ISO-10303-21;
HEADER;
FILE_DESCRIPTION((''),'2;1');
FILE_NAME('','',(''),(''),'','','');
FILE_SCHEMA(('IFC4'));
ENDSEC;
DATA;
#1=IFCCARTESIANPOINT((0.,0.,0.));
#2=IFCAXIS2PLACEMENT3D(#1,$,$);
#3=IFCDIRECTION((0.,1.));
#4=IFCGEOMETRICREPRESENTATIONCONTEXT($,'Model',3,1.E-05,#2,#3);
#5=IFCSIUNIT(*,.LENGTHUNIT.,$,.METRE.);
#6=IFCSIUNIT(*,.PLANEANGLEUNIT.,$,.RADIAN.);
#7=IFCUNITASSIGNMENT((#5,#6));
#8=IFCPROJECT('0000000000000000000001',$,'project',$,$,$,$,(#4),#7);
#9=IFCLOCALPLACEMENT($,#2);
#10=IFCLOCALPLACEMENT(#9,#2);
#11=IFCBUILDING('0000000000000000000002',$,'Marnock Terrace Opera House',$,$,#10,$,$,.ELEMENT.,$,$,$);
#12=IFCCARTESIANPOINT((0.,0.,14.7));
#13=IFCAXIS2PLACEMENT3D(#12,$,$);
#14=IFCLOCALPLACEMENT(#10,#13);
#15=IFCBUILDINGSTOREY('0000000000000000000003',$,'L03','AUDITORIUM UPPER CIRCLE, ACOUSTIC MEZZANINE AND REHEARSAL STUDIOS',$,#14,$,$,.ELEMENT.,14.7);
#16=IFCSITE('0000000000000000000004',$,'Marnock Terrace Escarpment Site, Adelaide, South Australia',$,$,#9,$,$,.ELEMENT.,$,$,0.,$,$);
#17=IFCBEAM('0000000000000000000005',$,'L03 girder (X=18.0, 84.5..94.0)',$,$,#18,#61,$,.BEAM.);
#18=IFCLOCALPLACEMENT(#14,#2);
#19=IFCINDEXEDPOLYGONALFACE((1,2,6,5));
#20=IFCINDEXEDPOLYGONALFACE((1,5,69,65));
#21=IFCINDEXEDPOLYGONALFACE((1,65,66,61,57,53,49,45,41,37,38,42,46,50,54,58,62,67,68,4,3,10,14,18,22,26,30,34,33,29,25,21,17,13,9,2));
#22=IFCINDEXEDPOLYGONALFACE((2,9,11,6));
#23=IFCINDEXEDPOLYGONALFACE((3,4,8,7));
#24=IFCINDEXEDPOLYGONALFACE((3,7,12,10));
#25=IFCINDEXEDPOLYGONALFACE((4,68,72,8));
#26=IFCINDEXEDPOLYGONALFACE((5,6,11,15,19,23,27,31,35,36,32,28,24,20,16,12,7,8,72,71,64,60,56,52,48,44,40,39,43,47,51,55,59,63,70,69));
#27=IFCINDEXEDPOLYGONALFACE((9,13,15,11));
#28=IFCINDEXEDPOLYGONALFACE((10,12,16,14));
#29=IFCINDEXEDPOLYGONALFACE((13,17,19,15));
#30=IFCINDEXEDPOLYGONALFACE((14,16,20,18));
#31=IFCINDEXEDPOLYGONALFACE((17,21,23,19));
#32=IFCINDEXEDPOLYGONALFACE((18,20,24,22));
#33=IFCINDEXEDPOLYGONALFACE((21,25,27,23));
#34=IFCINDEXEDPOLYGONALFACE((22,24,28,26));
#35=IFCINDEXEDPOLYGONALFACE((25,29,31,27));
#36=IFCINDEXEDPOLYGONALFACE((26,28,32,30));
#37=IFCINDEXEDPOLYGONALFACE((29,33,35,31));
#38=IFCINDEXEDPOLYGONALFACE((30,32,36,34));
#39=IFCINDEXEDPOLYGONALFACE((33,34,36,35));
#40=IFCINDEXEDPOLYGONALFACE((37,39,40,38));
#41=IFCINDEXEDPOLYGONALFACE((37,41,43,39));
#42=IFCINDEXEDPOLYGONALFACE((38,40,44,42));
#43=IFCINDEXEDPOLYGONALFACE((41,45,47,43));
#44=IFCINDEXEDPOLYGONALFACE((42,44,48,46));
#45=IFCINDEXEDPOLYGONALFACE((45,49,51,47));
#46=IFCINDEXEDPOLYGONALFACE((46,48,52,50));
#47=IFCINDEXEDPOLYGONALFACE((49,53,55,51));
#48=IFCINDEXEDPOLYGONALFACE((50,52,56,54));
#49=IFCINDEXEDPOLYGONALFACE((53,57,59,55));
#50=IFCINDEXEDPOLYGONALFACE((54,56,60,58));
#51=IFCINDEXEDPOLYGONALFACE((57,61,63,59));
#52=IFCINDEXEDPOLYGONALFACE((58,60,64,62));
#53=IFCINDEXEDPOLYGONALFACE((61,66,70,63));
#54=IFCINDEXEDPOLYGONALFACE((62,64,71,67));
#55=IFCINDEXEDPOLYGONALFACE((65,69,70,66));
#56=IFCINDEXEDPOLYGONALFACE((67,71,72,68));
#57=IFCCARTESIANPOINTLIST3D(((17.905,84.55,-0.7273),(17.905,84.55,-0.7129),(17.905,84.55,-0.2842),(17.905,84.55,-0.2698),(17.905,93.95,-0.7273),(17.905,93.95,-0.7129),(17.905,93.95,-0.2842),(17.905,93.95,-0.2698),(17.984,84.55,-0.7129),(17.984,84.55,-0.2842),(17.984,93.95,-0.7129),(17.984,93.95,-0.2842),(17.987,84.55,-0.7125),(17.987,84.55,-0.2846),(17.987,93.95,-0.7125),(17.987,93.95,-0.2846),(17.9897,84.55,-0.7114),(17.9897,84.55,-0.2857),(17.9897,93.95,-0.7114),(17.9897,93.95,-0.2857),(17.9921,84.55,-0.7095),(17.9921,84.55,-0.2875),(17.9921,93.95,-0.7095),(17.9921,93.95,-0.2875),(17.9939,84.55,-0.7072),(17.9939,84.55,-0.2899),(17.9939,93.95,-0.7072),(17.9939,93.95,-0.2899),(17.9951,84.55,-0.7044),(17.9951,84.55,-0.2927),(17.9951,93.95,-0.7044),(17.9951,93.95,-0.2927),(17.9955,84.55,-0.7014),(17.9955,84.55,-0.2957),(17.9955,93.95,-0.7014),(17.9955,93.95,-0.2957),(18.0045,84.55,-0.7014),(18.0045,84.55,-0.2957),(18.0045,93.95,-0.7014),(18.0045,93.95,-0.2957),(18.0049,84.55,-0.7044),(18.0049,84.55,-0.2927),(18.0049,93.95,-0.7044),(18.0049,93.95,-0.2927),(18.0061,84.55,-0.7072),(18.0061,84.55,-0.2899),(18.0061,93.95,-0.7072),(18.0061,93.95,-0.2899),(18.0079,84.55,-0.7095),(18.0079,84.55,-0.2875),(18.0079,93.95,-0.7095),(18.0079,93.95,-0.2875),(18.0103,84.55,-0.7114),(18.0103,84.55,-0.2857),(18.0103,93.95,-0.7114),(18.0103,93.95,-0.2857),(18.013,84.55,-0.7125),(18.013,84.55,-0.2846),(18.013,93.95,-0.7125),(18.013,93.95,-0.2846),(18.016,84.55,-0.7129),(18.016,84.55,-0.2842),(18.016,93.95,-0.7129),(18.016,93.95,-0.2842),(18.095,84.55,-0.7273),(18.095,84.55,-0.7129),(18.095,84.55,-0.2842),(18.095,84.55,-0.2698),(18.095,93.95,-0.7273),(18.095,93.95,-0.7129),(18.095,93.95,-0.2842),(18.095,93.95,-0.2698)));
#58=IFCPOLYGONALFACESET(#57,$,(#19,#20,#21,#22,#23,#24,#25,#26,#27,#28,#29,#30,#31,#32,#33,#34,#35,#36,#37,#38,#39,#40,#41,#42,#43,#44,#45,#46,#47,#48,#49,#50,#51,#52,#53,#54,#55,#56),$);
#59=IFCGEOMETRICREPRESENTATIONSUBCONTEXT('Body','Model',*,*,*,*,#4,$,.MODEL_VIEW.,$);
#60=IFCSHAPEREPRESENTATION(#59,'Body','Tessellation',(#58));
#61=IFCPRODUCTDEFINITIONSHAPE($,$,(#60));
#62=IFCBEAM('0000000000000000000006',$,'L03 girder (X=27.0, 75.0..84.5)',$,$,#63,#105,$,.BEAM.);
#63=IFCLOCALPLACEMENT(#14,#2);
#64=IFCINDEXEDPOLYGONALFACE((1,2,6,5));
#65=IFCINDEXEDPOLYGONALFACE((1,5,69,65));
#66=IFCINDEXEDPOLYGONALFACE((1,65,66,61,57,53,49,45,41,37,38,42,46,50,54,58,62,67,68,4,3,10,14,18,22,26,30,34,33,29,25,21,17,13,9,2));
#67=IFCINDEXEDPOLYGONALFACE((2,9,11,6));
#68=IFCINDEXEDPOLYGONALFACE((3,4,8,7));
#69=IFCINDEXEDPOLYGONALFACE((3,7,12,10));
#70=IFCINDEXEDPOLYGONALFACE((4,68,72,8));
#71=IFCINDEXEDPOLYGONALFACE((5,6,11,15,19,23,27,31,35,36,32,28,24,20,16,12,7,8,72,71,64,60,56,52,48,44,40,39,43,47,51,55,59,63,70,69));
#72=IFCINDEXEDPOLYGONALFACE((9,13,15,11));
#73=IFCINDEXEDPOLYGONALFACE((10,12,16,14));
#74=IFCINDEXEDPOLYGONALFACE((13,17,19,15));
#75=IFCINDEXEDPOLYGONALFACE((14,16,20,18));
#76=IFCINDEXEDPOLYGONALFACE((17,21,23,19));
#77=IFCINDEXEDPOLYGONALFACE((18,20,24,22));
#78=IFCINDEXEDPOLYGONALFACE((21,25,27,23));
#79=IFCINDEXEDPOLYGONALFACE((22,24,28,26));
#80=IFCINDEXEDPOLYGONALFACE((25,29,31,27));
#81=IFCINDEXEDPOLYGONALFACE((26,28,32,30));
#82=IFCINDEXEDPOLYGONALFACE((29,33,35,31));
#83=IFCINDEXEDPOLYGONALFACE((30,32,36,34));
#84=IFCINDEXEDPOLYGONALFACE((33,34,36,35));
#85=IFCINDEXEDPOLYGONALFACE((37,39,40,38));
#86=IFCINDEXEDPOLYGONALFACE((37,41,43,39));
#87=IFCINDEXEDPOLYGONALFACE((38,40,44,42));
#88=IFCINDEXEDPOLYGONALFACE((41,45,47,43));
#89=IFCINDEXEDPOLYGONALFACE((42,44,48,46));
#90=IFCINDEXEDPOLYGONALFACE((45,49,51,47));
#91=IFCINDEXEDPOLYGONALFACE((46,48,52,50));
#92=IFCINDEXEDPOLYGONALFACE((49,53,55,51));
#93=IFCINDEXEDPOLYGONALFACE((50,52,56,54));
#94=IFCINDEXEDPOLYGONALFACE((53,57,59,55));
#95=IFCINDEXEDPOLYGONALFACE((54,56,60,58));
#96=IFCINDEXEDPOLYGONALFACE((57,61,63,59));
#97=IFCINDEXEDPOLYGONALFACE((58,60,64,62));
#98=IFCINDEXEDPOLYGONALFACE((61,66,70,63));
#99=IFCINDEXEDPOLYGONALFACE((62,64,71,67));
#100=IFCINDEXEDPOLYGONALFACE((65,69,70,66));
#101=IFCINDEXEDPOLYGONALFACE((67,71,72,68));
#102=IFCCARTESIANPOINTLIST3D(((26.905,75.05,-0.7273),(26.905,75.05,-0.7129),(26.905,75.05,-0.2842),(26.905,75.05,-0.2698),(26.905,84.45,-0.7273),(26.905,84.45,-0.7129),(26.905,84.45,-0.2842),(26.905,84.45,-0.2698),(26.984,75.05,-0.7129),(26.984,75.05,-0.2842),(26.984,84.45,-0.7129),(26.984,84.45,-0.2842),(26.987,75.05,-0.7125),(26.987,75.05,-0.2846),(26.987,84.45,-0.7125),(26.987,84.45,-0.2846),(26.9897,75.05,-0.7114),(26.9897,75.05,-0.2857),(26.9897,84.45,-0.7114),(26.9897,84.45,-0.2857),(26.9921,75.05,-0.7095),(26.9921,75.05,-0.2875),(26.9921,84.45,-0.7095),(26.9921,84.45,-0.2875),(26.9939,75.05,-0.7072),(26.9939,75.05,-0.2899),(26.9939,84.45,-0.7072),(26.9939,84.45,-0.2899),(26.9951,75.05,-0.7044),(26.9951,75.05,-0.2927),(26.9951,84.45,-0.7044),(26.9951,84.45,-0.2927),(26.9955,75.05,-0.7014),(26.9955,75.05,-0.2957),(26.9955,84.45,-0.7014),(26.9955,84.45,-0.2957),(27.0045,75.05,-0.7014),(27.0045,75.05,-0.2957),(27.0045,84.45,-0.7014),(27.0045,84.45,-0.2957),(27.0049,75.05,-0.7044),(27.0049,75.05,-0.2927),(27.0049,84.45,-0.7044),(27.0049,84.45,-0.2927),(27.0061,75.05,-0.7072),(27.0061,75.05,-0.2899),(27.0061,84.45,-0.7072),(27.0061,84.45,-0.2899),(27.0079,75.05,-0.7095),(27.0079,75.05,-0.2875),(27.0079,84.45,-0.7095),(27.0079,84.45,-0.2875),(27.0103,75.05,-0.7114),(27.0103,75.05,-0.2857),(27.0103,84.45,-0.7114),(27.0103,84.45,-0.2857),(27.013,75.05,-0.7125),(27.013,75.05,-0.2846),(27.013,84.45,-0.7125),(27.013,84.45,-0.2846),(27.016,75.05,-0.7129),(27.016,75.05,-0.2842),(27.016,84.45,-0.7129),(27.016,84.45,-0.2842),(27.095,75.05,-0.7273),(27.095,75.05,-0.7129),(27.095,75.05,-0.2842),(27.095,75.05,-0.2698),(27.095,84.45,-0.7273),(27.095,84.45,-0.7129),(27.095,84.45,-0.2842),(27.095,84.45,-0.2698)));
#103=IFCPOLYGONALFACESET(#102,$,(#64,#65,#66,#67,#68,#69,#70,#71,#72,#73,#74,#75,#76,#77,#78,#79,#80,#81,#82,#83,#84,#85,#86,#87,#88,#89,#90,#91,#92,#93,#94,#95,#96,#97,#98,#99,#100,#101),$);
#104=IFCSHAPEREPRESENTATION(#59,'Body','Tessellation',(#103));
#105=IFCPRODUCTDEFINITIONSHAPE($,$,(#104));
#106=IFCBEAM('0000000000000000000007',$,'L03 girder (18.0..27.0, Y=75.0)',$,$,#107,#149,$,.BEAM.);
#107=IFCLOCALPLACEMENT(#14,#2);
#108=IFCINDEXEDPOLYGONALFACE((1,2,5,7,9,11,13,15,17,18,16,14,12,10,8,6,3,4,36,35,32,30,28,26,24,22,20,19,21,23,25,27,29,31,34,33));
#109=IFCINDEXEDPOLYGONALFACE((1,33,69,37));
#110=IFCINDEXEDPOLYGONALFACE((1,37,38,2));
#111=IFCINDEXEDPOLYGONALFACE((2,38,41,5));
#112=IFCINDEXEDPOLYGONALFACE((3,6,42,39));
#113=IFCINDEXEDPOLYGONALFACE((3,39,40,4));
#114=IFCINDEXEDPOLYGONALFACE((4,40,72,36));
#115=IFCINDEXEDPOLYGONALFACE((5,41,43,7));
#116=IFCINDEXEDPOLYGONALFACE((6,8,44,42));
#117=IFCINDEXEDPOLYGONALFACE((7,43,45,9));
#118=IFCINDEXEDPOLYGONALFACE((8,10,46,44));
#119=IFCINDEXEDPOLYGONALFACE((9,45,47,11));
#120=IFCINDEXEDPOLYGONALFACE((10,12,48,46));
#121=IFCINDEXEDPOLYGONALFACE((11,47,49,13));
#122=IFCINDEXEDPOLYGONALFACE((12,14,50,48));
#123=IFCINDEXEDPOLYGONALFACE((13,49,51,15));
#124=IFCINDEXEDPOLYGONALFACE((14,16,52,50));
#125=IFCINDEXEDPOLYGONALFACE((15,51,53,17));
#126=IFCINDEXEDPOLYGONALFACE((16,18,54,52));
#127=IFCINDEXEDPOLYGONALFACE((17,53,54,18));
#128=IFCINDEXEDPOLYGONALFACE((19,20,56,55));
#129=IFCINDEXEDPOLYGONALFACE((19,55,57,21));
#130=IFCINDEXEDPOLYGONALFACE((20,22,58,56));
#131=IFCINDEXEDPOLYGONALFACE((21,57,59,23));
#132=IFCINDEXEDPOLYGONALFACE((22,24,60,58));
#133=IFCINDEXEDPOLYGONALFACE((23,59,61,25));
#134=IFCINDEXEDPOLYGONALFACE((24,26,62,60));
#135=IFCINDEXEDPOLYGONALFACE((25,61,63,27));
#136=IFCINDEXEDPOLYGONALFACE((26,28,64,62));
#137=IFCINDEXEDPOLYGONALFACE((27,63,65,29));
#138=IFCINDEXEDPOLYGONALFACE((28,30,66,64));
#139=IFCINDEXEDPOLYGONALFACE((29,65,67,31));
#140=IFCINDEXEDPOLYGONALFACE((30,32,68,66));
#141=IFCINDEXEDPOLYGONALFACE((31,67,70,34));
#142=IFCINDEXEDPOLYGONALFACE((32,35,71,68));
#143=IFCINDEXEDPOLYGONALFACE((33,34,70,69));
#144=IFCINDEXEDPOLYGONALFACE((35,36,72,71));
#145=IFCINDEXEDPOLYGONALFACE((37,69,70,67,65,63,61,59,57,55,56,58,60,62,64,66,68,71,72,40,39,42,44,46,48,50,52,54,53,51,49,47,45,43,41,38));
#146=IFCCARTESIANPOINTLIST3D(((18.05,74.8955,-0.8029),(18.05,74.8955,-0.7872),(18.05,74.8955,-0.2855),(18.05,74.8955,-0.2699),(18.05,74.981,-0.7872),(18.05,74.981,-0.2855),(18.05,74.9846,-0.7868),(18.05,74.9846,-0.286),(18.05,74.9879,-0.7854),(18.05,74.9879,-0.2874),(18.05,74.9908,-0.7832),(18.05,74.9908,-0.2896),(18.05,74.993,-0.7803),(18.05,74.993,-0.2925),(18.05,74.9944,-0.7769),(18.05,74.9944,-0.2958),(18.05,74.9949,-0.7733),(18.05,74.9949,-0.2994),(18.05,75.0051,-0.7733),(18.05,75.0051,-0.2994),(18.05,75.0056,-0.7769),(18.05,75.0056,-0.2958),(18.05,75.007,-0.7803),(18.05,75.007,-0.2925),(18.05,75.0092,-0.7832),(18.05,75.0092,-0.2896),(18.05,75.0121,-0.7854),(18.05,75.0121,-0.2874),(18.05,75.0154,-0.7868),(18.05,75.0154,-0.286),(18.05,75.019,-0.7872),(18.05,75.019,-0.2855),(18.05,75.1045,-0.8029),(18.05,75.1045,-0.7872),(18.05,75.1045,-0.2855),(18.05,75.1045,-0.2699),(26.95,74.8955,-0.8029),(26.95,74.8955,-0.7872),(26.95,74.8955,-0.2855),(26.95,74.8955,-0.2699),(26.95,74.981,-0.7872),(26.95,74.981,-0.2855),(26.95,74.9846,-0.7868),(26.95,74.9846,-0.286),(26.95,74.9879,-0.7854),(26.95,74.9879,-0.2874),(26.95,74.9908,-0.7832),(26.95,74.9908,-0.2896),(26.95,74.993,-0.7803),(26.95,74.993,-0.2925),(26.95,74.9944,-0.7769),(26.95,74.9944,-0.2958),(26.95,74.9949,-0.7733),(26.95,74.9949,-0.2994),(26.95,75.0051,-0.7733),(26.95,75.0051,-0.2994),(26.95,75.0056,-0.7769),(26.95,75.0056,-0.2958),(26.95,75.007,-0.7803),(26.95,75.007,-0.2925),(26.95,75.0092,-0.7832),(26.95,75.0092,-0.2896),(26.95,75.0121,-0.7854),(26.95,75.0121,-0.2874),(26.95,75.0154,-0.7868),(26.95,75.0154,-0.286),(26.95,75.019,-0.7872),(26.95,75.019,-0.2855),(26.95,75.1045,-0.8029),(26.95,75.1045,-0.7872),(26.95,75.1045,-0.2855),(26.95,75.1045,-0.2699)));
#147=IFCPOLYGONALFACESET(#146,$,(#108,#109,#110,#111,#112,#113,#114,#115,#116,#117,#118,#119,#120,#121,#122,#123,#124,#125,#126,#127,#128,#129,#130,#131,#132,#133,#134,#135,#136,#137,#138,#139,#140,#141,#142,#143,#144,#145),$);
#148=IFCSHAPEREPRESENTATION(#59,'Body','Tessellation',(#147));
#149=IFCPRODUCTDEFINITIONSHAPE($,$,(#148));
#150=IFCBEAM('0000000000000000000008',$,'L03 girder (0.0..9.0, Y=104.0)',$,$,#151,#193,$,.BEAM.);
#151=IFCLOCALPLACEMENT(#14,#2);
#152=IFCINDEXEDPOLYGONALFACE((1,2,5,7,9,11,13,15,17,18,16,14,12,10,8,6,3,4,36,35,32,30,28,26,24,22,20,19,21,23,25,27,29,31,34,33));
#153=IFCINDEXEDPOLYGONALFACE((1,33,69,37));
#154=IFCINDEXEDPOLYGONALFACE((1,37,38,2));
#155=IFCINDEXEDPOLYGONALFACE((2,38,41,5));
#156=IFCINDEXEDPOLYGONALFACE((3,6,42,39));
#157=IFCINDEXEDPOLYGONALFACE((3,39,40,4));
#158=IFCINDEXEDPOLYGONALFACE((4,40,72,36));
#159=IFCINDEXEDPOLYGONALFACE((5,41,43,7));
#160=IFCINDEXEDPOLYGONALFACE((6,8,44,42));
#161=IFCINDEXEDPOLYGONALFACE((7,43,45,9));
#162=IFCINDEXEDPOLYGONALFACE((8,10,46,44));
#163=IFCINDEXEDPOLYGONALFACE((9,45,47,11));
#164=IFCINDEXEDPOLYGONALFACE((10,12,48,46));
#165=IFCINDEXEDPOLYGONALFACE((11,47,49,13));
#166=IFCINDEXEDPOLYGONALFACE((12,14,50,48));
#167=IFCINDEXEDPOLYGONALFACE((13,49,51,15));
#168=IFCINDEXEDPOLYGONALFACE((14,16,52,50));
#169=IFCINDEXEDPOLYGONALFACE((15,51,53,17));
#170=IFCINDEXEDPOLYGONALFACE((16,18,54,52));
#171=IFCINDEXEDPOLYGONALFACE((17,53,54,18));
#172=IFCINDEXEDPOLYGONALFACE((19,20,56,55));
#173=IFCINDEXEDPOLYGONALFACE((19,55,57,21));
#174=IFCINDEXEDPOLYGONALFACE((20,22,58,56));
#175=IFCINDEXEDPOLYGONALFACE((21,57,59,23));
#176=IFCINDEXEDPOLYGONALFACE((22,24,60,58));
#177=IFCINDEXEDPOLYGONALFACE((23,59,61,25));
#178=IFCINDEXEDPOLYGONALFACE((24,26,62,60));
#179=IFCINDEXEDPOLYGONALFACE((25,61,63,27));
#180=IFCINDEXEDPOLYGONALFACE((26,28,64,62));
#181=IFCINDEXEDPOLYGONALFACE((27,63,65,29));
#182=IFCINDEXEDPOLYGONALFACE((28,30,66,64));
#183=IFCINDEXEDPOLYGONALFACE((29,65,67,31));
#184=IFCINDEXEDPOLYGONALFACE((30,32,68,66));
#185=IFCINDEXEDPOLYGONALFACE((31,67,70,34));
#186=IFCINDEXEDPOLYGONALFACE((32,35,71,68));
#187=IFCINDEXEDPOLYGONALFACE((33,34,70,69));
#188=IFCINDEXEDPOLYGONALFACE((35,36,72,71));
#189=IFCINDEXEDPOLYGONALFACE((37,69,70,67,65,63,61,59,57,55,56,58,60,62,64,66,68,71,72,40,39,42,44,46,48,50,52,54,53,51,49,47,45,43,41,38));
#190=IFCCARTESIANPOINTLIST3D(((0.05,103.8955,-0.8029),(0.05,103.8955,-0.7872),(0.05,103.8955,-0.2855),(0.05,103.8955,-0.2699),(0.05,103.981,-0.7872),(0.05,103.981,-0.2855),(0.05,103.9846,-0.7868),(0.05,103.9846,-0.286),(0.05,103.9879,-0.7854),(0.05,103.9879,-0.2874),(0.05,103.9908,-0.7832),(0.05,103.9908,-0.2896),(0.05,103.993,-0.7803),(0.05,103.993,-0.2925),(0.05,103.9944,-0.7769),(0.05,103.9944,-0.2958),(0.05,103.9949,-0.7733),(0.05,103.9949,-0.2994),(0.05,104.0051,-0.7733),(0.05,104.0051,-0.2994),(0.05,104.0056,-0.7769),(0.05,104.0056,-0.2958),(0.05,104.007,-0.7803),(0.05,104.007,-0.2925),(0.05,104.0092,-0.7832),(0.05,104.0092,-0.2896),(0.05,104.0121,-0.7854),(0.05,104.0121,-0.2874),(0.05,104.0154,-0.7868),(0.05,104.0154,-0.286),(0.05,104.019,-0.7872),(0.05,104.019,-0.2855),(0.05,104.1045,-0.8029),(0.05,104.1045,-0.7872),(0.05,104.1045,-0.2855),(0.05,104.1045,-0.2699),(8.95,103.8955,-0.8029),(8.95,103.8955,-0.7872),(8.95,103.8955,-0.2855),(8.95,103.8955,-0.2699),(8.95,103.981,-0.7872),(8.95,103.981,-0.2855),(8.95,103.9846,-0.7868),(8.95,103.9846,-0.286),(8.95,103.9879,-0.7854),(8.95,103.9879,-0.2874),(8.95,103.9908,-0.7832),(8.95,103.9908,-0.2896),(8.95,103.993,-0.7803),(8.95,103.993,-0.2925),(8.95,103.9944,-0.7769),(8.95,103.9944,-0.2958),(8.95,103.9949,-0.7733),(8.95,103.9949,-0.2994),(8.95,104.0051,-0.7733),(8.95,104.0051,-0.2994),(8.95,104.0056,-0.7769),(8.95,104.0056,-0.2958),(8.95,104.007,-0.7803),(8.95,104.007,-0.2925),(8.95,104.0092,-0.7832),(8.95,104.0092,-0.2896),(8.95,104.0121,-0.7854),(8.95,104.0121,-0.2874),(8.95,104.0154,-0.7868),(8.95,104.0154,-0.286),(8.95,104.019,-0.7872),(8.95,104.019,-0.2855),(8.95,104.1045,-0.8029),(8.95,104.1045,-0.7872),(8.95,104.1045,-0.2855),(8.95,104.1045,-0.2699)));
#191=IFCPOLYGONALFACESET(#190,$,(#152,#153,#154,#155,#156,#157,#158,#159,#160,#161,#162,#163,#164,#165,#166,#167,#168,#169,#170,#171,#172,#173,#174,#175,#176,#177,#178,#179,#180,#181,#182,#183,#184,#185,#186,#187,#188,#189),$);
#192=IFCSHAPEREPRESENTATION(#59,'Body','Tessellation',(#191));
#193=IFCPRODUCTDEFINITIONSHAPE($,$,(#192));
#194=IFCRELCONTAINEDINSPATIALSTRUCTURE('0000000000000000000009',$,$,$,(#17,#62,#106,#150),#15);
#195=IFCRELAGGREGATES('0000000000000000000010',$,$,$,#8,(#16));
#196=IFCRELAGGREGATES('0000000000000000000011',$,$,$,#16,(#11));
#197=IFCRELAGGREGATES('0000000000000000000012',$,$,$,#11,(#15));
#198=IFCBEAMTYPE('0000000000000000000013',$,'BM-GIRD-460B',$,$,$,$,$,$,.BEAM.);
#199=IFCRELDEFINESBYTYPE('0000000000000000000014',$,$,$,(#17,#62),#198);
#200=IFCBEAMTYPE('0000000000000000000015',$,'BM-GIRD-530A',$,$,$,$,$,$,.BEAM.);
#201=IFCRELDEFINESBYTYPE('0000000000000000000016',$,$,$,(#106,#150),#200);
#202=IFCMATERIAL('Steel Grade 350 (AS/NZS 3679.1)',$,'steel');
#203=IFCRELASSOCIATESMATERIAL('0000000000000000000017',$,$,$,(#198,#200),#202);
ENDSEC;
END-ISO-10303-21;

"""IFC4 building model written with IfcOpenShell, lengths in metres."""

from ifc_helpers import new_model, si_unit, direction, frame, origin, origin_2d, place, context, subcontext, project, spatial, i_section, extrude, material, material_profile, profile_set, type_object, element, save


model = new_model("IFC4")

# Units and contexts
model_context = context("Model", 3, precision=1e-05, world=origin(), true_north=direction((0.0, 1.0)))
body_context = subcontext(model_context, "Body", "Model", "MODEL_VIEW")
ifc_project = project(units=[si_unit("LENGTHUNIT", "METRE"), si_unit("PLANEANGLEUNIT", "RADIAN")], contexts=[model_context])

# Site, building, storey
site_placement = place(None, origin())
site = spatial("IfcSite", under=ifc_project, at=site_placement, Name="Marnock Terrace Escarpment Site, Adelaide, South Australia", CompositionType="ELEMENT", RefElevation=0.0)
building_placement = place(site_placement, origin())
building = spatial("IfcBuilding", under=site, at=building_placement, Name="Marnock Terrace Opera House", CompositionType="ELEMENT")
storey_placement = place(building_placement, frame((0.0, 0.0, 14.7)))
storey = spatial("IfcBuildingStorey", under=building, at=storey_placement, Name="L03", Description="AUDITORIUM UPPER CIRCLE, ACOUSTIC MEZZANINE AND REHEARSAL STUDIOS", CompositionType="ELEMENT", Elevation=14.7)

# Beams
ifc_material = material(Name="Steel Grade 350 (AS/NZS 3679.1)", Category="steel")
ifc_material_profile_1 = material_profile(ifc_material, i_section(OverallWidth=0.1899, OverallDepth=0.4575, WebThickness=0.009, FlangeThickness=0.0144, FilletRadius=0.0115, at=origin_2d()))
ifc_profile_set_1 = profile_set([ifc_material_profile_1], Name="Steel Grade 350 (AS/NZS 3679.1)")
beam_type_1 = type_object("IfcBeamType", Name="BM-GIRD-460B", PredefinedType="BEAM", material=ifc_profile_set_1)
for number, where, z_axis, x_axis, name in (
    (1, (18.0, 84.55, -0.4985), (0.0, 1.0, 0.0), (-1.0, 0.0, 0.0), "L03 girder (X=18.0, 84.5..94.0)"),
    (2, (27.0, 75.05, -0.4985), (0.0, 1.0, 0.0), (-1.0, 0.0, 0.0), "L03 girder (X=27.0, 75.0..84.5)"),
):
    element("IfcBeam", number, at=place(storey_placement, frame(where, z_axis=z_axis, x_axis=x_axis)), inside=storey, type_object=beam_type_1, Name=name, PredefinedType="BEAM", context=body_context, shape_type="SweptSolid", body=[
        extrude(i_section(OverallWidth=0.1899, OverallDepth=0.4575, WebThickness=0.009, FlangeThickness=0.0144, FilletRadius=0.0115, at=origin_2d()), origin(), (0.0, 0.0, 1.0), 9.3999),
    ])
ifc_material_profile_2 = material_profile(ifc_material, i_section(OverallWidth=0.209, OverallDepth=0.533, WebThickness=0.0103, FlangeThickness=0.0156, FilletRadius=0.0139, at=origin_2d()))
ifc_profile_set_2 = profile_set([ifc_material_profile_2], Name="Steel Grade 350 (AS/NZS 3679.1)")
beam_type_2 = type_object("IfcBeamType", Name="BM-GIRD-530A", PredefinedType="BEAM", material=ifc_profile_set_2)
for number, where, z_axis, x_axis, name in (
    (3, (18.05, 75.0, -0.5364), (1.0, 0.0, 0.0), (0.0, 1.0, 0.0), "L03 girder (18.0..27.0, Y=75.0)"),
    (4, (0.05, 104.0, -0.5364), (1.0, 0.0, 0.0), (0.0, 1.0, 0.0), "L03 girder (0.0..9.0, Y=104.0)"),
):
    element("IfcBeam", number, at=place(storey_placement, frame(where, z_axis=z_axis, x_axis=x_axis)), inside=storey, type_object=beam_type_2, Name=name, PredefinedType="BEAM", context=body_context, shape_type="SweptSolid", body=[
        extrude(i_section(OverallWidth=0.209, OverallDepth=0.533, WebThickness=0.0103, FlangeThickness=0.0156, FilletRadius=0.0139, at=origin_2d()), origin(), (0.0, 0.0, 1.0), 8.8999),
    ])

save(model, "model.ifc")
